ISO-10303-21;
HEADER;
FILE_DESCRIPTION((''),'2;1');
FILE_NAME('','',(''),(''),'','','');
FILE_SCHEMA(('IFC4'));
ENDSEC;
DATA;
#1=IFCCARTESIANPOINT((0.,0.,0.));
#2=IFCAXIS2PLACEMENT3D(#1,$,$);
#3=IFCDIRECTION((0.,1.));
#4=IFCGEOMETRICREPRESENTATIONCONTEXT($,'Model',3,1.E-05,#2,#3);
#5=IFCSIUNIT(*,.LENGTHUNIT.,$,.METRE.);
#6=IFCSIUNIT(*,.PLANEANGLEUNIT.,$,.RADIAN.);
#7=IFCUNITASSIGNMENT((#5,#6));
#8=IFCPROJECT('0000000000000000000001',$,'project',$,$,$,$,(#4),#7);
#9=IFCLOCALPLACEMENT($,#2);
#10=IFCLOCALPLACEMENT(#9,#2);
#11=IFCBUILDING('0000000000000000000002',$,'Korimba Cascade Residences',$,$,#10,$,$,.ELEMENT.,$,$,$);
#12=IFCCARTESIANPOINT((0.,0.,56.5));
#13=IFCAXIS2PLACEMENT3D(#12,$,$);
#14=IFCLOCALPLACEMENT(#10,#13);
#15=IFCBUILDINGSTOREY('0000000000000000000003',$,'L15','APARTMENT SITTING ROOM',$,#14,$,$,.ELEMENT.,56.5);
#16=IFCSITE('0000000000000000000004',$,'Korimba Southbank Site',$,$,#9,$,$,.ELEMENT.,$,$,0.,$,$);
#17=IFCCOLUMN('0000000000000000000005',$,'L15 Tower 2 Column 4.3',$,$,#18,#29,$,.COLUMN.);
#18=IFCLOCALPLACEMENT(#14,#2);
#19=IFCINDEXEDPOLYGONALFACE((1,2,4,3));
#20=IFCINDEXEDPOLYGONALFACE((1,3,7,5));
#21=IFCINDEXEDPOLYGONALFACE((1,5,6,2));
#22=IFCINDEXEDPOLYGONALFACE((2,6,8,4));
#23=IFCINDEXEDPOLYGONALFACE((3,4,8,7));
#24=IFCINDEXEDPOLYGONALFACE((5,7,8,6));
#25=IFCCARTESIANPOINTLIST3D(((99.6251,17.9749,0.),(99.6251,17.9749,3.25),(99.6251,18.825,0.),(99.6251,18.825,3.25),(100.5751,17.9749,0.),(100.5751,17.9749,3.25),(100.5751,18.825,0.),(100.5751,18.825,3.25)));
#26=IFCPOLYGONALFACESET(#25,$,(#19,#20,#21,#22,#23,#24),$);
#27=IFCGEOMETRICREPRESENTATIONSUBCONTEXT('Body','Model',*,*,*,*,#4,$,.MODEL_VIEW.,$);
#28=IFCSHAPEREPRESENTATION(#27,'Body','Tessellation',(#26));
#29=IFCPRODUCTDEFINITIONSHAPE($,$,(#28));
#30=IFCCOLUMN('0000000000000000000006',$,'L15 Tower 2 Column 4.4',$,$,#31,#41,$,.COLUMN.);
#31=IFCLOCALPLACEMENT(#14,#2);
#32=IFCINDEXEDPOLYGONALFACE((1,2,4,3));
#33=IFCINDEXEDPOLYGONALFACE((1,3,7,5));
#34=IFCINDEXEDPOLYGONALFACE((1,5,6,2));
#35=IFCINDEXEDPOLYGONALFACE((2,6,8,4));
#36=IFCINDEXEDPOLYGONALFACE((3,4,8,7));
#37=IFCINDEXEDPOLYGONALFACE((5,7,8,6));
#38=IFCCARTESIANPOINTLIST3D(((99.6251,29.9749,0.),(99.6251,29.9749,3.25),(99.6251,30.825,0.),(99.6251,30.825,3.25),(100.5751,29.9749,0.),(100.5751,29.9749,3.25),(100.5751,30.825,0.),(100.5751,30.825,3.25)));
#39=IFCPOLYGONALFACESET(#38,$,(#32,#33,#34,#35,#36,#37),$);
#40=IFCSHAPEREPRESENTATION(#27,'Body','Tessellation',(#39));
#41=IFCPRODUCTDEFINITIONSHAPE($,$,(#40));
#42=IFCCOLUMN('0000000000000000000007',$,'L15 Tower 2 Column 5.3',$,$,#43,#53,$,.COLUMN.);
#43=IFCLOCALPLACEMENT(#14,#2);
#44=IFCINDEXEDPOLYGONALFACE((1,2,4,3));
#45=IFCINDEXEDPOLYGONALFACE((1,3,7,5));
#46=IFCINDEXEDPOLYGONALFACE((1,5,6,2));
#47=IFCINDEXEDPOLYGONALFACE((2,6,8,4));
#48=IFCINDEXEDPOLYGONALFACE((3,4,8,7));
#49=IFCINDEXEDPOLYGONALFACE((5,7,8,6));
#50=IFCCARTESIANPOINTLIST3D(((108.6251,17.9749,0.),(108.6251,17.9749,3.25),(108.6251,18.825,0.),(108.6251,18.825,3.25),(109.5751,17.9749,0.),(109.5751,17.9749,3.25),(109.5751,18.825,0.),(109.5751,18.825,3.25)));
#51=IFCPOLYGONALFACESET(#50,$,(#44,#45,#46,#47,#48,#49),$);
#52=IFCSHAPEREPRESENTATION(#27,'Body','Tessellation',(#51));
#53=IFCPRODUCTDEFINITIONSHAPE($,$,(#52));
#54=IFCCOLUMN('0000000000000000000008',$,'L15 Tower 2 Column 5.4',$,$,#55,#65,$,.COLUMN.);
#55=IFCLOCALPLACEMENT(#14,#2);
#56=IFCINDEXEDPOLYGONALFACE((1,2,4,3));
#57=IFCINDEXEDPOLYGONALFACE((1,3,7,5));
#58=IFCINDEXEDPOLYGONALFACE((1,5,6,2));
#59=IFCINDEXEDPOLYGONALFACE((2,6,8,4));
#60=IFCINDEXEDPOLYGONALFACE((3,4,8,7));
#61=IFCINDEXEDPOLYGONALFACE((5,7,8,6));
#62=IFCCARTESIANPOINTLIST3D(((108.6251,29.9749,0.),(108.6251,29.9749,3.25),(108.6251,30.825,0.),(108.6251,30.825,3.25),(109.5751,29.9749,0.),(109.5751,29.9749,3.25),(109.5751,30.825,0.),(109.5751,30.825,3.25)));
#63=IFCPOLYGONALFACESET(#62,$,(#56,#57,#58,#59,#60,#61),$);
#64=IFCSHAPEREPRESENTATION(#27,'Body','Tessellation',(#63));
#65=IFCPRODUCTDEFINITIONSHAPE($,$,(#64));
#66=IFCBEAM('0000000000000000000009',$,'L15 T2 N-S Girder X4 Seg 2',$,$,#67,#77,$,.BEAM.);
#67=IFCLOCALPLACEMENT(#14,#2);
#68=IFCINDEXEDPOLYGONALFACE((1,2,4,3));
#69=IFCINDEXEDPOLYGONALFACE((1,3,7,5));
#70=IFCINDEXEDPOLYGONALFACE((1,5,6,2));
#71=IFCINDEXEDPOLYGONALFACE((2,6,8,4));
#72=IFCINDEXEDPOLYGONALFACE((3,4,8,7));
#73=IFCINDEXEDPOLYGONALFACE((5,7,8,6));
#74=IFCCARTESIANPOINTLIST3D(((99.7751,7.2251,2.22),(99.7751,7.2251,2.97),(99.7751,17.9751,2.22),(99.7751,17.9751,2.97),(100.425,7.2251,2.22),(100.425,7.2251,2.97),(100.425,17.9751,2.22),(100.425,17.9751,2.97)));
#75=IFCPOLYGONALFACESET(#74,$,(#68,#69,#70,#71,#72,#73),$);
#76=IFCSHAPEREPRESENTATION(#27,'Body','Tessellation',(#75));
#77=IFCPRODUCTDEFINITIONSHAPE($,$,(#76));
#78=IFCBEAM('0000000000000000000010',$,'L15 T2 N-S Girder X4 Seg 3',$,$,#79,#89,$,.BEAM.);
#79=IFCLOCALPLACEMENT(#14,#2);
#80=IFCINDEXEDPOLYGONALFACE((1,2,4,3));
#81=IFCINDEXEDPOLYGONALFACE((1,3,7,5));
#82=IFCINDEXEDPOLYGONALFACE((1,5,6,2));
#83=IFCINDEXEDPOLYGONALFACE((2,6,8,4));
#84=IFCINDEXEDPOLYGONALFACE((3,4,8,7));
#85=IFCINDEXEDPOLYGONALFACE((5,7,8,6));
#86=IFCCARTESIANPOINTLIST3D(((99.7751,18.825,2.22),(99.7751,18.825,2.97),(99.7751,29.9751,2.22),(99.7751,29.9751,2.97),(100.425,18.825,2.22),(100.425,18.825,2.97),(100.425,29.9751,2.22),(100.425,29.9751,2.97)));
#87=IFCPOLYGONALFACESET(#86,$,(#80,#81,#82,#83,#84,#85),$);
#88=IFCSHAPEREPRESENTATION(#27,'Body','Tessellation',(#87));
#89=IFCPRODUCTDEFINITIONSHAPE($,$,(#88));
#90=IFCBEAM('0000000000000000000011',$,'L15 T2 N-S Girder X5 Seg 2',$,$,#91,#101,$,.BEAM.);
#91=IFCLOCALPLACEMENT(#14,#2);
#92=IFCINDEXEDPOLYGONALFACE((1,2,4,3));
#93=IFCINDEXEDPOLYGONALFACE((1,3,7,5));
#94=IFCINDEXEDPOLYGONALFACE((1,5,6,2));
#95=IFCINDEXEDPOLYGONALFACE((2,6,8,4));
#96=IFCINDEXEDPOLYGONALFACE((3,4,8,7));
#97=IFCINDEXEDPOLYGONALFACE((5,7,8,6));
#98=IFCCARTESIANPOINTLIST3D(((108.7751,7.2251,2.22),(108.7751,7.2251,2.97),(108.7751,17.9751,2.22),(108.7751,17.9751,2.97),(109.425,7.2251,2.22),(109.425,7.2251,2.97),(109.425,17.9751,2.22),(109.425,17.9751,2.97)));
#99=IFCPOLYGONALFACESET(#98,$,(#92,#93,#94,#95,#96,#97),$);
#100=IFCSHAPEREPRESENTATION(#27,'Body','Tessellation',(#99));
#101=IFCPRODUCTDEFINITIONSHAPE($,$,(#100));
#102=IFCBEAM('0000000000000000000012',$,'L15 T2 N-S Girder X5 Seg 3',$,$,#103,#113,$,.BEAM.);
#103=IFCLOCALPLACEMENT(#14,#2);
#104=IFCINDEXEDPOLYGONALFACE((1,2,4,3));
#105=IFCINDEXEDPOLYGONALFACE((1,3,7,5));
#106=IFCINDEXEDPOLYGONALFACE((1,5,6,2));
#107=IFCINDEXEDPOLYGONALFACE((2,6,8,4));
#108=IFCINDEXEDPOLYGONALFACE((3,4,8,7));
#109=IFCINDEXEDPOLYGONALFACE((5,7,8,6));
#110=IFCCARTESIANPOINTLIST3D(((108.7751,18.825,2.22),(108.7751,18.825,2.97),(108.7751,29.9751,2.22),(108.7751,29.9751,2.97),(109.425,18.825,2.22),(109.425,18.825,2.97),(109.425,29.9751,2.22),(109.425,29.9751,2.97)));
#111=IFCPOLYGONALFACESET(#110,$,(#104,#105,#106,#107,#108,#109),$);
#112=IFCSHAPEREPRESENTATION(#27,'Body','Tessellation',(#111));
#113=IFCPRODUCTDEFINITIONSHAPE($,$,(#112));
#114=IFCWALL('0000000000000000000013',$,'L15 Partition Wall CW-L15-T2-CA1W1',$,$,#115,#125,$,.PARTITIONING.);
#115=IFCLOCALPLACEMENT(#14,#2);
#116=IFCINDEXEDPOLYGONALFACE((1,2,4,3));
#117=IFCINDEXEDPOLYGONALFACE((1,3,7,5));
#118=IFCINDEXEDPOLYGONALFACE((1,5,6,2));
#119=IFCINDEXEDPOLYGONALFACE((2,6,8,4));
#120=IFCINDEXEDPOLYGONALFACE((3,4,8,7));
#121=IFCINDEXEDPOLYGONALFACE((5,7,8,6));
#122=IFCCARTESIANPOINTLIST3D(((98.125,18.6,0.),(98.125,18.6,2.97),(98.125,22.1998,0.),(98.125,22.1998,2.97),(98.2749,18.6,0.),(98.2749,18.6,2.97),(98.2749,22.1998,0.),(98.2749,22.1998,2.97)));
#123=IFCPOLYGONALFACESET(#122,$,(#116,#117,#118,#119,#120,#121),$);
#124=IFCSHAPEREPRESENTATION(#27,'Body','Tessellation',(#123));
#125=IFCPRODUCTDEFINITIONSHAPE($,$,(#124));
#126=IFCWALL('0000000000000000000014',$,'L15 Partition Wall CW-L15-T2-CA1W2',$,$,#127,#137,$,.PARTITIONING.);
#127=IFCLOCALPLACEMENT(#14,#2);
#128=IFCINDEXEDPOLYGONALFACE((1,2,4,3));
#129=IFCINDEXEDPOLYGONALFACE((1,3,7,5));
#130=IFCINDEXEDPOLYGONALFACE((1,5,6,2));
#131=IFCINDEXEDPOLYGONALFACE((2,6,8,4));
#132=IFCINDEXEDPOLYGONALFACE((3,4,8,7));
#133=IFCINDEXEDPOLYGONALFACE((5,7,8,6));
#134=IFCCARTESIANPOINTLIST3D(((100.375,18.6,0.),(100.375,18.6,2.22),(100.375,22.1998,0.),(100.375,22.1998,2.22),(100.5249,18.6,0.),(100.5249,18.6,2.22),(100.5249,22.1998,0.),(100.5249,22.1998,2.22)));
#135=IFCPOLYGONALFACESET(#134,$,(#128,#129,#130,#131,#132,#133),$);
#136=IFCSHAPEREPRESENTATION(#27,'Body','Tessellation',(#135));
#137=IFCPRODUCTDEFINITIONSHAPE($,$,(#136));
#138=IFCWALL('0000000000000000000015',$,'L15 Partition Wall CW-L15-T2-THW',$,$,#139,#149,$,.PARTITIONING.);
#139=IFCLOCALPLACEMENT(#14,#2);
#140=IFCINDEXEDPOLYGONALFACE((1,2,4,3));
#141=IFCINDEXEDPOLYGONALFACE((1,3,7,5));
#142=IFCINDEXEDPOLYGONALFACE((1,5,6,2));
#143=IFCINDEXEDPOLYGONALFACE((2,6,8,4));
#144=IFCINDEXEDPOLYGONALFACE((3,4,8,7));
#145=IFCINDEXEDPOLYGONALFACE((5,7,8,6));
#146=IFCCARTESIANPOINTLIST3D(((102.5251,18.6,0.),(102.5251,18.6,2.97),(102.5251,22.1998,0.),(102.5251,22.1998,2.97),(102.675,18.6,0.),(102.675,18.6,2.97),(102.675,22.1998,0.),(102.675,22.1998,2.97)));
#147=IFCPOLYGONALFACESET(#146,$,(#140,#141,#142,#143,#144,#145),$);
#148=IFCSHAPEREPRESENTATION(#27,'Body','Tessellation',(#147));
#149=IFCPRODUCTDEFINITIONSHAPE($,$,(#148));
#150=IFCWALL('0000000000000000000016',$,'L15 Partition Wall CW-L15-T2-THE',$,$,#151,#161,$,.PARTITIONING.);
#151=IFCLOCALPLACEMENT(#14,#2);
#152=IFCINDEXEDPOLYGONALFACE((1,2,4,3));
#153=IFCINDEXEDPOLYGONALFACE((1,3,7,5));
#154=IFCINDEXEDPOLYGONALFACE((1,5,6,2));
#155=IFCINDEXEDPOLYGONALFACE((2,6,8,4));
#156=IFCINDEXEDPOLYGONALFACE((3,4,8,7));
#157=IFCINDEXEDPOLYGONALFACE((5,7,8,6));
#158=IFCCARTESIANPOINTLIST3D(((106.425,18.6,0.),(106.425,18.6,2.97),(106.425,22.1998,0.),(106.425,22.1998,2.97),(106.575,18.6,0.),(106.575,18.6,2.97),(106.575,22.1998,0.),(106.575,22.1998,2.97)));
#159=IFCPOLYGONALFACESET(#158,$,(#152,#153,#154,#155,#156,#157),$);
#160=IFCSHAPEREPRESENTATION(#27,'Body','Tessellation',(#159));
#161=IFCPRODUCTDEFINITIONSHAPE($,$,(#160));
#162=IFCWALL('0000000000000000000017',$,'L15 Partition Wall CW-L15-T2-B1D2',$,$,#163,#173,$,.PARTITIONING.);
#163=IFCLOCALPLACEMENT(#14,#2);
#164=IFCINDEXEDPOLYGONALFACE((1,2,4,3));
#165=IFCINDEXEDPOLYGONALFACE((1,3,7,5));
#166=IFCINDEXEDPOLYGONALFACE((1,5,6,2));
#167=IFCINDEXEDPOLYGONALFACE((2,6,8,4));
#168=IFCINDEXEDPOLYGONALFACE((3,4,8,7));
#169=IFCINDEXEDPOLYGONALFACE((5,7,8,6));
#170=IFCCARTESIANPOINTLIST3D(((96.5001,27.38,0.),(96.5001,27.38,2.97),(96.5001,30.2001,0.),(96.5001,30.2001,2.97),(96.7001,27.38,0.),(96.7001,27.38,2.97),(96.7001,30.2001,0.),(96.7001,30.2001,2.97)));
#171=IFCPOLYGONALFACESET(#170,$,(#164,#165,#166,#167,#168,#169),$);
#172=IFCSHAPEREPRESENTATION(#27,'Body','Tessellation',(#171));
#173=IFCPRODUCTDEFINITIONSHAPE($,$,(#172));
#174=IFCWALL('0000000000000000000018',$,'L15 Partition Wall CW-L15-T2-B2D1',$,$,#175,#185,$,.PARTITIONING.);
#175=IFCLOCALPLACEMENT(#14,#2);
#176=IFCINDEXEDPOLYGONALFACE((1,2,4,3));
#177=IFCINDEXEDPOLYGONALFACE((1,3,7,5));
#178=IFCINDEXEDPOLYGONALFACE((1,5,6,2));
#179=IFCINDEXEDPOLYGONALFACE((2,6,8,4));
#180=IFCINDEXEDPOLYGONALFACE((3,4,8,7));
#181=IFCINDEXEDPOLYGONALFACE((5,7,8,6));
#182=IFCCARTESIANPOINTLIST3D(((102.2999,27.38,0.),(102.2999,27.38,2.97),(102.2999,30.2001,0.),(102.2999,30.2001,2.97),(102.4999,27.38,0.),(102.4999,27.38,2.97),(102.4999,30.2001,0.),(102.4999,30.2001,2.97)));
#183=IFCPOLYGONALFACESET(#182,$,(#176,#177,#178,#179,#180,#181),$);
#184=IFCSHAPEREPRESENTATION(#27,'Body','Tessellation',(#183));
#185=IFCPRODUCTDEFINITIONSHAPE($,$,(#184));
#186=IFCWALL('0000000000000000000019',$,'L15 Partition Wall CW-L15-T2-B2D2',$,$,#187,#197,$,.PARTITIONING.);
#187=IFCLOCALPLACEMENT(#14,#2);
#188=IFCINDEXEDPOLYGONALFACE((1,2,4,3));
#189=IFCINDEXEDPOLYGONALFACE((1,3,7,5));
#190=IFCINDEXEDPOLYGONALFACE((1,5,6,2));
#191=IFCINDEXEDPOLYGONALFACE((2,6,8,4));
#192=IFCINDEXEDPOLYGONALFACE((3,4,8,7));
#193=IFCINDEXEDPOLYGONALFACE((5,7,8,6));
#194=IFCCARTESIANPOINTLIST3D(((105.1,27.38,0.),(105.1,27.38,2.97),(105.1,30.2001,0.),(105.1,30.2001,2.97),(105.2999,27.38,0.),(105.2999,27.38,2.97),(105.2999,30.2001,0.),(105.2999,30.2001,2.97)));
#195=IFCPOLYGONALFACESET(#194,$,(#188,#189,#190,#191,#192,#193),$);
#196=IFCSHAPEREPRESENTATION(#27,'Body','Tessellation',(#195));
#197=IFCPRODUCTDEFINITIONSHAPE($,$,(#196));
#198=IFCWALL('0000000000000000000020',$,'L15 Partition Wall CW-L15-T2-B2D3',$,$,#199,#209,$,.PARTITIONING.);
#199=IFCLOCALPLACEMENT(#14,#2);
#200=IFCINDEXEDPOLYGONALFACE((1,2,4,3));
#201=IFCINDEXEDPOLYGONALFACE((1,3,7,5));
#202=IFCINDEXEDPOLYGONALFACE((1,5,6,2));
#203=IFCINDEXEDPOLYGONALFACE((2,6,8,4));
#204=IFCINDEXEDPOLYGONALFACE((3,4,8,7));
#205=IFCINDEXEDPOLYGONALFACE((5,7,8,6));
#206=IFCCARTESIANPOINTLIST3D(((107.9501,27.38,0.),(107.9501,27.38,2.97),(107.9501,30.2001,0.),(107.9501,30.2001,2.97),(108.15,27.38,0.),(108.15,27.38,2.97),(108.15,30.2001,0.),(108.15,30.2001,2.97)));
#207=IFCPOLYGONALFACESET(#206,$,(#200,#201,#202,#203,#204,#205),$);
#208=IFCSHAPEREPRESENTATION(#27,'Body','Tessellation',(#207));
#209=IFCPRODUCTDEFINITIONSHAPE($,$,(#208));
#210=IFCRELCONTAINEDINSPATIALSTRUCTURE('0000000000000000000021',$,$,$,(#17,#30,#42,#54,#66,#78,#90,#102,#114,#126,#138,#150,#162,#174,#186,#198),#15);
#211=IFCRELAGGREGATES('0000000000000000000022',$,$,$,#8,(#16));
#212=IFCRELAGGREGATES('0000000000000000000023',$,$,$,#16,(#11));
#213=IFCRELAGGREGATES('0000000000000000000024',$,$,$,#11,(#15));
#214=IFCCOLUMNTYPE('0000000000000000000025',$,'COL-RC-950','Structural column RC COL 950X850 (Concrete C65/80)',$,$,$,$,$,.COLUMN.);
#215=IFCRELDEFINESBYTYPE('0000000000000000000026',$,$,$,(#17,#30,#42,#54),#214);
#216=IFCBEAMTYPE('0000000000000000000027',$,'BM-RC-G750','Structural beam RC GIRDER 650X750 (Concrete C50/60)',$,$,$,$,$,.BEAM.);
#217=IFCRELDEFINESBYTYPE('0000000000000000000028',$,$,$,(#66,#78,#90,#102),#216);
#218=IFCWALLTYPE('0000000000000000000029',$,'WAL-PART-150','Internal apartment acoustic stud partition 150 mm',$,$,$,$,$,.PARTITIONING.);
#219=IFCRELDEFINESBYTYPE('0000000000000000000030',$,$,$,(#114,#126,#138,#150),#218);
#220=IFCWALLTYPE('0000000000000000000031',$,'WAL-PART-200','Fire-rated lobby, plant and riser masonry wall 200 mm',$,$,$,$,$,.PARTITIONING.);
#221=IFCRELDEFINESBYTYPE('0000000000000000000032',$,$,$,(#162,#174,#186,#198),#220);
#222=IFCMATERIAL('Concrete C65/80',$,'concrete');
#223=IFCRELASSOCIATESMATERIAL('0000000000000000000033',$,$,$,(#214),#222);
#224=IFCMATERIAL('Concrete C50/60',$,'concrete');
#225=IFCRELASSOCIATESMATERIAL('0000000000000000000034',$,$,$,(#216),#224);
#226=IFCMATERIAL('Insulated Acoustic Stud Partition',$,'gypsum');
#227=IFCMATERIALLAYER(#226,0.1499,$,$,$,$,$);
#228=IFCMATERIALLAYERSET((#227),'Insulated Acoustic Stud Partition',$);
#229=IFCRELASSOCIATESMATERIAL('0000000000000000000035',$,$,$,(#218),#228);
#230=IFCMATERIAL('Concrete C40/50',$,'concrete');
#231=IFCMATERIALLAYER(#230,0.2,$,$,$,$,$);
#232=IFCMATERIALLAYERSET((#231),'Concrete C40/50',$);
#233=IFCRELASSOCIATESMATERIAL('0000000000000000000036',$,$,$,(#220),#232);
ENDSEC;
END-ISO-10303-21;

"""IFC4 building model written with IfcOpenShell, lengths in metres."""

from ifc_helpers import new_model, si_unit, direction, frame, frame_2d, origin, origin_2d, place, context, subcontext, project, spatial, rectangle, extrude, material, layer, layer_set, material_profile, profile_set, type_object, element, save


model = new_model("IFC4")

# Units and contexts
model_context = context("Model", 3, precision=1e-05, world=origin(), true_north=direction((0.0, 1.0)))
body_context = subcontext(model_context, "Body", "Model", "MODEL_VIEW")
ifc_project = project(units=[si_unit("LENGTHUNIT", "METRE"), si_unit("PLANEANGLEUNIT", "RADIAN")], contexts=[model_context])

# Site, building, storey
site_placement = place(None, origin())
site = spatial("IfcSite", under=ifc_project, at=site_placement, Name="Korimba Southbank Site", CompositionType="ELEMENT", RefElevation=0.0)
building_placement = place(site_placement, origin())
building = spatial("IfcBuilding", under=site, at=building_placement, Name="Korimba Cascade Residences", CompositionType="ELEMENT")
storey_placement = place(building_placement, frame((0.0, 0.0, 56.5)))
storey = spatial("IfcBuildingStorey", under=building, at=storey_placement, Name="L15", Description="APARTMENT SITTING ROOM", CompositionType="ELEMENT", Elevation=56.5)

# Columns
ifc_material_1 = material(Name="Concrete C65/80", Category="concrete")
ifc_material_profile_1 = material_profile(ifc_material_1, rectangle(XDim=0.95, YDim=0.8501, at=origin_2d()), Name="Concrete C65/80")
ifc_profile_set_1 = profile_set([ifc_material_profile_1], Name="Concrete C65/80")
column_type = type_object("IfcColumnType", Name="COL-RC-950", Description="Structural column RC COL 950X850 (Concrete C65/80)", PredefinedType="COLUMN", material=ifc_profile_set_1)
for number, where, z_axis, x_axis, name in (
    (1, (100.1001, 18.3999, 0.0), (0.0, 0.0, 1.0), (1.0, 0.0, 0.0), "L15 Tower 2 Column 4.3"),
    (2, (100.1001, 30.3999, 0.0), (0.0, 0.0, 1.0), (1.0, 0.0, 0.0), "L15 Tower 2 Column 4.4"),
    (3, (109.1001, 18.3999, 0.0), (0.0, 0.0, 1.0), (1.0, 0.0, 0.0), "L15 Tower 2 Column 5.3"),
    (4, (109.1001, 30.3999, 0.0), (0.0, 0.0, 1.0), (1.0, 0.0, 0.0), "L15 Tower 2 Column 5.4"),
):
    element("IfcColumn", number, at=place(storey_placement, frame(where, z_axis=z_axis, x_axis=x_axis)), inside=storey, type_object=column_type, Name=name, PredefinedType="COLUMN", context=body_context, shape_type="SweptSolid", body=[
        extrude(rectangle(XDim=0.95, YDim=0.8501, at=origin_2d()), origin(), (0.0, 0.0, 1.0), 3.25),
    ])

# Beams
ifc_material_2 = material(Name="Concrete C50/60", Category="concrete")
ifc_material_profile_2 = material_profile(ifc_material_2, rectangle(XDim=0.6499, YDim=0.75, at=origin_2d()), Name="Concrete C50/60")
ifc_profile_set_2 = profile_set([ifc_material_profile_2], Name="Concrete C50/60")
beam_type = type_object("IfcBeamType", Name="BM-RC-G750", Description="Structural beam RC GIRDER 650X750 (Concrete C50/60)", PredefinedType="BEAM", material=ifc_profile_set_2)
beam_1_placement = place(storey_placement, frame((100.1001, 7.2251, 2.595), z_axis=(0.0, 1.0, 0.0), x_axis=(-1.0, 0.0, 0.0)))
element("IfcBeam", 5, at=beam_1_placement, inside=storey, type_object=beam_type, Name="L15 T2 N-S Girder X4 Seg 2", PredefinedType="BEAM", context=body_context, shape_type="SweptSolid", body=[
    extrude(rectangle(XDim=0.6499, YDim=0.75, at=origin_2d()), origin(), (0.0, 0.0, 1.0), 10.75),
])
beam_2_placement = place(storey_placement, frame((100.1001, 18.825, 2.595), z_axis=(0.0, 1.0, 0.0), x_axis=(-1.0, 0.0, 0.0)))
element("IfcBeam", 6, at=beam_2_placement, inside=storey, type_object=beam_type, Name="L15 T2 N-S Girder X4 Seg 3", PredefinedType="BEAM", context=body_context, shape_type="SweptSolid", body=[
    extrude(rectangle(XDim=0.6499, YDim=0.75, at=origin_2d()), origin(), (0.0, 0.0, 1.0), 11.1501),
])
beam_3_placement = place(storey_placement, frame((109.1001, 7.2251, 2.595), z_axis=(0.0, 1.0, 0.0), x_axis=(-1.0, 0.0, 0.0)))
element("IfcBeam", 7, at=beam_3_placement, inside=storey, type_object=beam_type, Name="L15 T2 N-S Girder X5 Seg 2", PredefinedType="BEAM", context=body_context, shape_type="SweptSolid", body=[
    extrude(rectangle(XDim=0.6499, YDim=0.75, at=origin_2d()), origin(), (0.0, 0.0, 1.0), 10.75),
])
beam_4_placement = place(storey_placement, frame((109.1001, 18.825, 2.595), z_axis=(0.0, 1.0, 0.0), x_axis=(-1.0, 0.0, 0.0)))
element("IfcBeam", 8, at=beam_4_placement, inside=storey, type_object=beam_type, Name="L15 T2 N-S Girder X5 Seg 3", PredefinedType="BEAM", context=body_context, shape_type="SweptSolid", body=[
    extrude(rectangle(XDim=0.6499, YDim=0.75, at=origin_2d()), origin(), (0.0, 0.0, 1.0), 11.1501),
])

# Walls
ifc_material_3 = material(Name="Insulated Acoustic Stud Partition", Category="gypsum")
ifc_layer_1 = layer(ifc_material_3, 0.1499)
ifc_layer_set_1 = layer_set([ifc_layer_1], Name="Insulated Acoustic Stud Partition")
wall_type_1 = type_object("IfcWallType", Name="WAL-PART-150", Description="Internal apartment acoustic stud partition 150 mm", PredefinedType="PARTITIONING", material=ifc_layer_set_1)
wall_1_placement = place(storey_placement, frame((98.2, 18.6001, 0.0), z_axis=(0.0, 0.0, 1.0), x_axis=(0.0, 1.0, 0.0)))
element("IfcWall", 9, at=wall_1_placement, inside=storey, type_object=wall_type_1, Name="L15 Partition Wall CW-L15-T2-CA1W1", PredefinedType="PARTITIONING", context=body_context, shape_type="SweptSolid", body=[
    extrude(rectangle(XDim=3.5999, YDim=0.1499, at=frame_2d((1.7998, 0.0))), origin(), (0.0, 0.0, 1.0), 2.97),
])
wall_2_placement = place(storey_placement, frame((100.45, 18.6001, 0.0), z_axis=(0.0, 0.0, 1.0), x_axis=(0.0, 1.0, 0.0)))
element("IfcWall", 10, at=wall_2_placement, inside=storey, type_object=wall_type_1, Name="L15 Partition Wall CW-L15-T2-CA1W2", PredefinedType="PARTITIONING", context=body_context, shape_type="SweptSolid", body=[
    extrude(rectangle(XDim=3.5999, YDim=0.1499, at=frame_2d((1.7998, 0.0))), origin(), (0.0, 0.0, 1.0), 2.22),
])
for number, where, z_axis, x_axis, name in (
    (11, (102.6001, 18.6001, 0.0), (0.0, 0.0, 1.0), (0.0, 1.0, 0.0), "L15 Partition Wall CW-L15-T2-THW"),
    (12, (106.5, 18.6001, 0.0), (0.0, 0.0, 1.0), (0.0, 1.0, 0.0), "L15 Partition Wall CW-L15-T2-THE"),
):
    element("IfcWall", number, at=place(storey_placement, frame(where, z_axis=z_axis, x_axis=x_axis)), inside=storey, type_object=wall_type_1, Name=name, PredefinedType="PARTITIONING", context=body_context, shape_type="SweptSolid", body=[
        extrude(rectangle(XDim=3.5999, YDim=0.1499, at=frame_2d((1.7998, 0.0))), origin(), (0.0, 0.0, 1.0), 2.97),
    ])
ifc_material_4 = material(Name="Concrete C40/50", Category="concrete")
ifc_layer_2 = layer(ifc_material_4, 0.2)
ifc_layer_set_2 = layer_set([ifc_layer_2], Name="Concrete C40/50")
wall_type_2 = type_object("IfcWallType", Name="WAL-PART-200", Description="Fire-rated lobby, plant and riser masonry wall 200 mm", PredefinedType="PARTITIONING", material=ifc_layer_set_2)
for number, where, z_axis, x_axis, name in (
    (13, (96.6001, 27.3799, 0.0), (0.0, 0.0, 1.0), (0.0, 1.0, 0.0), "L15 Partition Wall CW-L15-T2-B1D2"),
    (14, (102.3999, 27.3799, 0.0), (0.0, 0.0, 1.0), (0.0, 1.0, 0.0), "L15 Partition Wall CW-L15-T2-B2D1"),
    (15, (105.2, 27.3799, 0.0), (0.0, 0.0, 1.0), (0.0, 1.0, 0.0), "L15 Partition Wall CW-L15-T2-B2D2"),
    (16, (108.05, 27.3799, 0.0), (0.0, 0.0, 1.0), (0.0, 1.0, 0.0), "L15 Partition Wall CW-L15-T2-B2D3"),
):
    element("IfcWall", number, at=place(storey_placement, frame(where, z_axis=z_axis, x_axis=x_axis)), inside=storey, type_object=wall_type_2, Name=name, PredefinedType="PARTITIONING", context=body_context, shape_type="SweptSolid", body=[
        extrude(rectangle(XDim=2.8201, YDim=0.2, at=frame_2d((1.4102, 0.0))), origin(), (0.0, 0.0, 1.0), 2.97),
    ])

save(model, "model.ifc")
